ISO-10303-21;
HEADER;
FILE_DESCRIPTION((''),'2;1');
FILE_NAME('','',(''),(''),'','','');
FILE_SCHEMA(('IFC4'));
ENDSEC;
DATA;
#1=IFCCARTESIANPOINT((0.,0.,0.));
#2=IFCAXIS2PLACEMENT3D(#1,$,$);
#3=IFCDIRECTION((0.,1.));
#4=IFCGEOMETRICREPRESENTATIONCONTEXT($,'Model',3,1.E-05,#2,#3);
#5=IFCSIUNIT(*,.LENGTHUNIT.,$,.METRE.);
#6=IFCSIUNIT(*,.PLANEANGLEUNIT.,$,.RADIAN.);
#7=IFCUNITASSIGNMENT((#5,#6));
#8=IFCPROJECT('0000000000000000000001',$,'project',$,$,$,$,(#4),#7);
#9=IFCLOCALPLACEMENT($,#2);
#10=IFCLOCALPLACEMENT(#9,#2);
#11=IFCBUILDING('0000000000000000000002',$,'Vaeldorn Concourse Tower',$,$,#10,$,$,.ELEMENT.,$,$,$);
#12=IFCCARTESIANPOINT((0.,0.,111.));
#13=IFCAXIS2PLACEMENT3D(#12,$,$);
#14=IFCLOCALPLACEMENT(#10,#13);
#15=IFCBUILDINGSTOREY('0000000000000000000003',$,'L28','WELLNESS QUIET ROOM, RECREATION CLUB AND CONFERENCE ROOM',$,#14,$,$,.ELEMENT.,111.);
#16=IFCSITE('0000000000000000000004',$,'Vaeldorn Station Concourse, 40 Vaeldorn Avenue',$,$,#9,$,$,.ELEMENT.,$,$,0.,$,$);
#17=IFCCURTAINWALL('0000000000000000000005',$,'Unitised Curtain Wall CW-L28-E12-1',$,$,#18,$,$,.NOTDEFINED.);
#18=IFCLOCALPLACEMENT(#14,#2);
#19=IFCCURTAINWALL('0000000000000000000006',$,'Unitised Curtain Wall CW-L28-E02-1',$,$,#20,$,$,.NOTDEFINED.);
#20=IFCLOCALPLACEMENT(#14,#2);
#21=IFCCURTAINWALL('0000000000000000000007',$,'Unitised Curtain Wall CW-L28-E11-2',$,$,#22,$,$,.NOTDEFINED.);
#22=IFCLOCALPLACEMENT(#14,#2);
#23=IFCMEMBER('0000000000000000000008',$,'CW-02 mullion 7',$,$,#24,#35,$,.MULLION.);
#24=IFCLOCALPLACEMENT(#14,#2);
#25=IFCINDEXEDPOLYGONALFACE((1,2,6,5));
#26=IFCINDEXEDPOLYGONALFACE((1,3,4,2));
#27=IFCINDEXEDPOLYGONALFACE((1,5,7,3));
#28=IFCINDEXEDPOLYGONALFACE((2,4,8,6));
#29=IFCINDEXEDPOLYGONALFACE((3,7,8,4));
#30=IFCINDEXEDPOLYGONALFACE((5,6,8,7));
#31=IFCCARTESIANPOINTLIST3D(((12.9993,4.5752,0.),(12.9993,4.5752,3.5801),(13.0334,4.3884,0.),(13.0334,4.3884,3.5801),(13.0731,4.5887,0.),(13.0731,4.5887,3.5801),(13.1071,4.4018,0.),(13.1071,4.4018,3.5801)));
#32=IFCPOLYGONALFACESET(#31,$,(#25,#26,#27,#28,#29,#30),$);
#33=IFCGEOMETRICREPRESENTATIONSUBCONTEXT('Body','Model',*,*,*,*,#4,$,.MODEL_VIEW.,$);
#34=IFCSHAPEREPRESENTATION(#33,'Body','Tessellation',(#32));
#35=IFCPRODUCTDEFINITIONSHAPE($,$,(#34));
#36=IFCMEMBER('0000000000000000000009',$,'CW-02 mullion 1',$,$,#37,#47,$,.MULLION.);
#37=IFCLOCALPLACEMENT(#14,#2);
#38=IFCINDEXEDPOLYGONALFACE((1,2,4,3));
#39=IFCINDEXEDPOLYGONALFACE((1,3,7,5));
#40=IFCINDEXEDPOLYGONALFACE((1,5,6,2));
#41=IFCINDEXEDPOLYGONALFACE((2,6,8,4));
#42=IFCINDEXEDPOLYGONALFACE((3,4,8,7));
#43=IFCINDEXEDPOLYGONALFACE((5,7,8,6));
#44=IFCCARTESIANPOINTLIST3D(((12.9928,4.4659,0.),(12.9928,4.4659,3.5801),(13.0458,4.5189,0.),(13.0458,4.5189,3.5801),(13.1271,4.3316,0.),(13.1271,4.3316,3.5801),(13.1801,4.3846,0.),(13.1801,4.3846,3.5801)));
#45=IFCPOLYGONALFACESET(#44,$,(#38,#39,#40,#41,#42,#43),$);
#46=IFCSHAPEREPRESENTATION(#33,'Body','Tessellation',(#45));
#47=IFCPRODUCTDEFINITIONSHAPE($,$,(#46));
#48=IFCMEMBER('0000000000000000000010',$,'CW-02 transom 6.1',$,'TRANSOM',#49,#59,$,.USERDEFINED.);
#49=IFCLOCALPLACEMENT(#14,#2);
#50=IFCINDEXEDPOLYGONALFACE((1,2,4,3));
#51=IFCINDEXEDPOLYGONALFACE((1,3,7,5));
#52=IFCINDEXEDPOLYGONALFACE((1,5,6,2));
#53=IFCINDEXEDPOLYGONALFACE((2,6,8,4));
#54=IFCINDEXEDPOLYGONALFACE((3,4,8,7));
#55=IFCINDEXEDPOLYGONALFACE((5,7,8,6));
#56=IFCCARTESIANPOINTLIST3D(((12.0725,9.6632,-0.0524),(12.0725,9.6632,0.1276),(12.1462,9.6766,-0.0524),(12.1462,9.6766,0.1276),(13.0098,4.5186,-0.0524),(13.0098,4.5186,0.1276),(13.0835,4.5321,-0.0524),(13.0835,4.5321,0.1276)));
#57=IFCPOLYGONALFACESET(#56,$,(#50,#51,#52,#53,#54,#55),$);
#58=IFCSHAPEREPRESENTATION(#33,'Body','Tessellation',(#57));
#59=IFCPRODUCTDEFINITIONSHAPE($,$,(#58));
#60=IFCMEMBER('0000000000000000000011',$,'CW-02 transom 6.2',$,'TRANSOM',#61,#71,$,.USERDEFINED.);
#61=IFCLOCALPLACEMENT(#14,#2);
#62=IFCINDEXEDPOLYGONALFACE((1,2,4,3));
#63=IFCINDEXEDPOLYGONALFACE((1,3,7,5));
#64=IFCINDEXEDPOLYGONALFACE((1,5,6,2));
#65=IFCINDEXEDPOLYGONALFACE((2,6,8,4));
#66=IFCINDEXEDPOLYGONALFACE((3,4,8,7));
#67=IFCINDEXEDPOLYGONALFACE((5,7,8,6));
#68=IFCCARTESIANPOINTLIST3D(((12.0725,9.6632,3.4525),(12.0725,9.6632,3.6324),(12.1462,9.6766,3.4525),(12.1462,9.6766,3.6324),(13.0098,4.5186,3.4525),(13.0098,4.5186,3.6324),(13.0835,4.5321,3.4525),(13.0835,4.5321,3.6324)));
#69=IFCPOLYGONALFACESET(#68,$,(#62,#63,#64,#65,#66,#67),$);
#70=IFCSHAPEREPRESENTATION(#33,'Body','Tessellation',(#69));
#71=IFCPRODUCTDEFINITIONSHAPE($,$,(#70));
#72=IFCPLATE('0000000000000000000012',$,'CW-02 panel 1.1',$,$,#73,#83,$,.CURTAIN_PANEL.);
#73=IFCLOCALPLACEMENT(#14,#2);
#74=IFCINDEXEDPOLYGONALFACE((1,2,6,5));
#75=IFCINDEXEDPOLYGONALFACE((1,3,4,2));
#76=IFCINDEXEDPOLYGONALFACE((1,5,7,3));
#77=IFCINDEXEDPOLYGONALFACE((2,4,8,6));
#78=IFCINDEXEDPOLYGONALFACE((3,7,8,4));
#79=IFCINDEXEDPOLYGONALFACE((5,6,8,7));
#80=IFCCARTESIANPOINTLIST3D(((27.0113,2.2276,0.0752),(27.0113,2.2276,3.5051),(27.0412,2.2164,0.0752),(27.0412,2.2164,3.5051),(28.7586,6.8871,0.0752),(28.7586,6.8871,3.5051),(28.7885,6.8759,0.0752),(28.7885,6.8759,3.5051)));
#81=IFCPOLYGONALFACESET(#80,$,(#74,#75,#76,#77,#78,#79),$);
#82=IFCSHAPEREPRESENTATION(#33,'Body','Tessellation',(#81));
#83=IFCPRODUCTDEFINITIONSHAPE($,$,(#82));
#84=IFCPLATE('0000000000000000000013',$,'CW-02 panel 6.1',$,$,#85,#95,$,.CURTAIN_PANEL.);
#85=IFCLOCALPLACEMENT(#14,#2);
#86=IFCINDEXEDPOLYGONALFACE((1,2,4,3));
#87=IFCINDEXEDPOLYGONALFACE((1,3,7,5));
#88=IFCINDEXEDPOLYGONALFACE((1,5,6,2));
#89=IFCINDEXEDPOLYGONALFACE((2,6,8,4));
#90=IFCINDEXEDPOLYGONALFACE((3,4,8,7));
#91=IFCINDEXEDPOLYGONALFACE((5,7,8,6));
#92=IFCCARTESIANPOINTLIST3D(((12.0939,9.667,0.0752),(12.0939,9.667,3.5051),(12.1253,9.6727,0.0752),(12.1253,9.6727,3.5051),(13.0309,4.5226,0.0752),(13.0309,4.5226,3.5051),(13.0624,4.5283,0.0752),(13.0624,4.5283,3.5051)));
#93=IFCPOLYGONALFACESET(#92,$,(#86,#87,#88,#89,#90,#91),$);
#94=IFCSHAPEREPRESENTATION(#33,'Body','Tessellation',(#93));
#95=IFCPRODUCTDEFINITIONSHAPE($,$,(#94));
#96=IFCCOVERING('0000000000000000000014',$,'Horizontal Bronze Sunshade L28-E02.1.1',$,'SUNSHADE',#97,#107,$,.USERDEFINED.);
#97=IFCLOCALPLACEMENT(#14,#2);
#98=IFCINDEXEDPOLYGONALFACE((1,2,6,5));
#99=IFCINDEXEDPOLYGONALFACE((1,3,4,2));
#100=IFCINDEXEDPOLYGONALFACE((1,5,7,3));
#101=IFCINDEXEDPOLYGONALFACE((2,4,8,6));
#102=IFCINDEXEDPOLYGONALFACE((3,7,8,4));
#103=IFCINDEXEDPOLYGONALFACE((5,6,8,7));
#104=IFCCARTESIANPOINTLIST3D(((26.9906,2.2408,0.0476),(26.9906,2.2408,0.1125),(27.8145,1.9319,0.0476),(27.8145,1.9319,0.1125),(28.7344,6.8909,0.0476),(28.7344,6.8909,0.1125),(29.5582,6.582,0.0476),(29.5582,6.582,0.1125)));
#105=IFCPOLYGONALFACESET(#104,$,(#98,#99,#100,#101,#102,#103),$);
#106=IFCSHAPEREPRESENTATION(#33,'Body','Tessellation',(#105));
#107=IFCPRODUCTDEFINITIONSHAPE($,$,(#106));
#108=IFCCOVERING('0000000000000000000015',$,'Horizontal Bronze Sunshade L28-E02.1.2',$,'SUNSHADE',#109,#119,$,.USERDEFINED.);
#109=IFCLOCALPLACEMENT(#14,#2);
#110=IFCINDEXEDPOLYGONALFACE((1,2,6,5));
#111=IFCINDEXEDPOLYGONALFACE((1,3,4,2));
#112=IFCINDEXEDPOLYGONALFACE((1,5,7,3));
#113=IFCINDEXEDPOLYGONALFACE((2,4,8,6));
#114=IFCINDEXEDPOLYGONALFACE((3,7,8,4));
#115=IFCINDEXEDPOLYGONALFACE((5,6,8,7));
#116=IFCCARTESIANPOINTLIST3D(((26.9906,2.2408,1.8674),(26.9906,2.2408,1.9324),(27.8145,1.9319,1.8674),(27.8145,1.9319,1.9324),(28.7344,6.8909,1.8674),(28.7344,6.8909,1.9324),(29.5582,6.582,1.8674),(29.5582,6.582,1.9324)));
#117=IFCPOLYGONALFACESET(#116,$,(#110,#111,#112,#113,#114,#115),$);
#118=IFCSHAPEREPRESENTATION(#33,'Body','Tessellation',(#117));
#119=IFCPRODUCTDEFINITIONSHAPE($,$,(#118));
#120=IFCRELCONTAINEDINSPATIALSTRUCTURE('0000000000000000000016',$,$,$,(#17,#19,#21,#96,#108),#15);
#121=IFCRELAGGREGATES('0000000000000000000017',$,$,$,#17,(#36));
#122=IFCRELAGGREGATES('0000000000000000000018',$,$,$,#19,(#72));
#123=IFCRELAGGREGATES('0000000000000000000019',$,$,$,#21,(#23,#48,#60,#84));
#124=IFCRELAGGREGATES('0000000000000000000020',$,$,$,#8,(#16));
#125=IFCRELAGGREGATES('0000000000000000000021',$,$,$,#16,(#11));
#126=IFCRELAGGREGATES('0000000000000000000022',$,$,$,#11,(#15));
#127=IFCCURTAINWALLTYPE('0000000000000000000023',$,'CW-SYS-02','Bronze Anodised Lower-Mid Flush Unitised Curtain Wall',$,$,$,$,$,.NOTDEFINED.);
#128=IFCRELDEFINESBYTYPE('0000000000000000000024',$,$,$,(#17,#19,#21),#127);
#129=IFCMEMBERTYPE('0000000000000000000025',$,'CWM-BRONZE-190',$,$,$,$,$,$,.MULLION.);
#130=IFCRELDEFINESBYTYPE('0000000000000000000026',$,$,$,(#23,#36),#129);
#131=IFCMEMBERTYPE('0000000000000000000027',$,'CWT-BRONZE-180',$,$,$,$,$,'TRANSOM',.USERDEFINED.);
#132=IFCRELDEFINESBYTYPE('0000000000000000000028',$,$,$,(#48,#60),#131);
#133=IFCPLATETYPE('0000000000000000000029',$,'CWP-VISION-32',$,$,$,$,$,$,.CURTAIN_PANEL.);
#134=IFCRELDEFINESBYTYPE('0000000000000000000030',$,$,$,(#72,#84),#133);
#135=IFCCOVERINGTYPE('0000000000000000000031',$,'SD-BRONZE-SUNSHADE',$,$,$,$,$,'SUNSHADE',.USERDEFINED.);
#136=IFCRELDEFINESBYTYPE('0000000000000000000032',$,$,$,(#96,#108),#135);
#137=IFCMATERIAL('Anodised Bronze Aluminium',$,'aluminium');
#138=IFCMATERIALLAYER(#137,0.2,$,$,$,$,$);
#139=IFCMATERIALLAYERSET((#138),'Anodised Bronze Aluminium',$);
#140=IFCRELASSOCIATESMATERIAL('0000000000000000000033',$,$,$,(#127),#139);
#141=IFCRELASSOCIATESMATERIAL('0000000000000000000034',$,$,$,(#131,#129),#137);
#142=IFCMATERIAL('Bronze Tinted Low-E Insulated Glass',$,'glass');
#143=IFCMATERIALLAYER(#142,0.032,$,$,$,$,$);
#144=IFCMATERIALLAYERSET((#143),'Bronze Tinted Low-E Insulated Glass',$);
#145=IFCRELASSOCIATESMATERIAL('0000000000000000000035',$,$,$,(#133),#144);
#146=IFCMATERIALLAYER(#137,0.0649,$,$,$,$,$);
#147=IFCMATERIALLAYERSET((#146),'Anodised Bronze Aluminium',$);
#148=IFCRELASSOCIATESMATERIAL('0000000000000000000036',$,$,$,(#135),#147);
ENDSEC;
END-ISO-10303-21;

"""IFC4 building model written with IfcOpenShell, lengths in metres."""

from ifc_helpers import new_model, si_unit, direction, frame, origin, origin_2d, place, context, subcontext, project, spatial, rectangle, extrude, source, transform, mapped, material, layer, layer_set, material_profile, profile_set, type_object, element, aggregate, save


model = new_model("IFC4")

# Units and contexts
model_context = context("Model", 3, precision=1e-05, world=origin(), true_north=direction((0.0, 1.0)))
body_context = subcontext(model_context, "Body", "Model", "MODEL_VIEW")
ifc_project = project(units=[si_unit("LENGTHUNIT", "METRE"), si_unit("PLANEANGLEUNIT", "RADIAN")], contexts=[model_context])

# Site, building, storey
site_placement = place(None, origin())
site = spatial("IfcSite", under=ifc_project, at=site_placement, Name="Vaeldorn Station Concourse, 40 Vaeldorn Avenue", CompositionType="ELEMENT", RefElevation=0.0)
building_placement = place(site_placement, origin())
building = spatial("IfcBuilding", under=site, at=building_placement, Name="Vaeldorn Concourse Tower", CompositionType="ELEMENT")
storey_placement = place(building_placement, frame((0.0, 0.0, 111.0)))
storey = spatial("IfcBuildingStorey", under=building, at=storey_placement, Name="L28", Description="WELLNESS QUIET ROOM, RECREATION CLUB AND CONFERENCE ROOM", CompositionType="ELEMENT", Elevation=111.0)

# Curtain wall
ifc_material_1 = material(Name="Anodised Bronze Aluminium", Category="aluminium")
ifc_layer_1 = layer(ifc_material_1, 0.2)
ifc_layer_set_1 = layer_set([ifc_layer_1], Name="Anodised Bronze Aluminium")
curtain_wall_type = type_object("IfcCurtainWallType", Name="CW-SYS-02", Description="Bronze Anodised Lower-Mid Flush Unitised Curtain Wall", PredefinedType="NOTDEFINED", material=ifc_layer_set_1)
ifc_material_profile_1 = material_profile(ifc_material_1, rectangle(XDim=0.075, YDim=0.1799, at=origin_2d()), Name="CWT 75x180")
ifc_profile_set_1 = profile_set([ifc_material_profile_1], Name="Anodised Bronze Aluminium")
member_type_1 = type_object("IfcMemberType", Name="CWT-BRONZE-180", ElementType="TRANSOM", PredefinedType="USERDEFINED", material=ifc_profile_set_1)
curtain_wall_1_placement = place(storey_placement, origin())
curtain_wall_1 = element("IfcCurtainWall", 1, at=curtain_wall_1_placement, inside=storey, type_object=curtain_wall_type, Name="Unitised Curtain Wall CW-L28-E12-1", PredefinedType="NOTDEFINED")

# Curtain wall
curtain_wall_2_placement = place(storey_placement, origin())
curtain_wall_2 = element("IfcCurtainWall", 2, at=curtain_wall_2_placement, inside=storey, type_object=curtain_wall_type, Name="Unitised Curtain Wall CW-L28-E02-1", PredefinedType="NOTDEFINED")
ifc_material_profile_2 = material_profile(ifc_material_1, rectangle(XDim=0.075, YDim=0.1899, at=origin_2d()), Name="CWM 75x190")
ifc_profile_set_2 = profile_set([ifc_material_profile_2], Name="Anodised Bronze Aluminium")
member_type_2 = type_object("IfcMemberType", Name="CWM-BRONZE-190", PredefinedType="MULLION", material=ifc_profile_set_2)
shared_shape_1 = source(origin(), body_context, "Body", "SweptSolid", [
    extrude(rectangle(XDim=0.075, YDim=0.1899, at=origin_2d()), origin(), (0.0, 0.0, 1.0), 3.5801),
])

# Curtain wall, member
curtain_wall_3_placement = place(storey_placement, origin())
curtain_wall_3 = element("IfcCurtainWall", 3, at=curtain_wall_3_placement, inside=storey, type_object=curtain_wall_type, Name="Unitised Curtain Wall CW-L28-E11-2", PredefinedType="NOTDEFINED")
member_1_placement = place(storey_placement, frame((13.0532, 4.4885, 0.0), z_axis=(0.0, 0.0, 1.0), x_axis=(0.983812, 0.179206, 0.0)))
member_1 = element("IfcMember", 4, at=member_1_placement, type_object=member_type_2, Name="CW-02 mullion 7", PredefinedType="MULLION", context=body_context, shape_type="MappedRepresentation", body=[
    mapped(shared_shape_1, transform((0.0, 0.0, 0.0), scale=1.0)),
])

# Members
member_2_placement = place(storey_placement, frame((13.0864, 4.4253, 0.0), z_axis=(0.0, 0.0, 1.0), x_axis=(0.707107, 0.707107, 0.0)))
member_2 = element("IfcMember", 5, at=member_2_placement, type_object=member_type_2, Name="CW-02 mullion 1", PredefinedType="MULLION", context=body_context, shape_type="MappedRepresentation", body=[
    mapped(shared_shape_1, transform((0.0, 0.0, 0.0), scale=1.0)),
])
aggregate(curtain_wall_1, [member_2])
shared_shape_2 = source(origin(), body_context, "Body", "SweptSolid", [
    extrude(rectangle(XDim=0.075, YDim=0.1799, at=origin_2d()), origin(), (0.0, 0.0, 1.0), 5.2292),
])
member_3_placement = place(storey_placement, frame((12.1094, 9.6699, 0.0376), z_axis=(0.179235, -0.983806, 0.0), x_axis=(0.983806, 0.179235, 0.0)))
member_3 = element("IfcMember", 6, at=member_3_placement, type_object=member_type_1, Name="CW-02 transom 6.1", ObjectType="TRANSOM", PredefinedType="USERDEFINED", context=body_context, shape_type="MappedRepresentation", body=[
    mapped(shared_shape_2, transform((0.0, 0.0, 0.0), scale=1.0)),
])
member_4_placement = place(storey_placement, frame((12.1094, 9.6699, 3.5425), z_axis=(0.179235, -0.983806, 0.0), x_axis=(0.983806, 0.179235, 0.0)))
member_4 = element("IfcMember", 7, at=member_4_placement, type_object=member_type_1, Name="CW-02 transom 6.2", ObjectType="TRANSOM", PredefinedType="USERDEFINED", context=body_context, shape_type="MappedRepresentation", body=[
    mapped(shared_shape_2, transform((0.0, 0.0, 0.0), scale=1.0)),
])

# Plates
ifc_material_2 = material(Name="Bronze Tinted Low-E Insulated Glass", Category="glass")
ifc_layer_2 = layer(ifc_material_2, 0.032)
ifc_layer_set_2 = layer_set([ifc_layer_2], Name="Bronze Tinted Low-E Insulated Glass")
plate_type = type_object("IfcPlateType", Name="CWP-VISION-32", PredefinedType="CURTAIN_PANEL", material=ifc_layer_set_2)
shared_shape_3 = source(origin(), body_context, "Body", "SweptSolid", [
    extrude(rectangle(XDim=4.9763, YDim=0.032, at=origin_2d()), origin(), (0.0, 0.0, 1.0), 3.4299),
])
plate_1_placement = place(storey_placement, frame((27.8999, 4.5518, 0.0752), z_axis=(0.0, 0.0, 1.0), x_axis=(0.351123, 0.936329, 0.0)))
plate_1 = element("IfcPlate", 8, at=plate_1_placement, type_object=plate_type, Name="CW-02 panel 1.1", PredefinedType="CURTAIN_PANEL", context=body_context, shape_type="MappedRepresentation", body=[
    mapped(shared_shape_3, transform((0.0, 0.0, 0.0), scale=1.0)),
])
aggregate(curtain_wall_2, [plate_1])
shared_shape_4 = source(origin(), body_context, "Body", "SweptSolid", [
    extrude(rectangle(XDim=5.229, YDim=0.032, at=origin_2d()), origin(), (0.0, 0.0, 1.0), 3.4299),
])
plate_2_placement = place(storey_placement, frame((12.5781, 7.0977, 0.0752), z_axis=(0.0, 0.0, 1.0), x_axis=(0.179206, -0.983812, 0.0)))
plate_2 = element("IfcPlate", 9, at=plate_2_placement, type_object=plate_type, Name="CW-02 panel 6.1", PredefinedType="CURTAIN_PANEL", context=body_context, shape_type="MappedRepresentation", body=[
    mapped(shared_shape_4, transform((0.0, 0.0, 0.0), scale=1.0)),
])
aggregate(curtain_wall_3, [member_1, member_3, member_4, plate_2])

# Coverings
ifc_layer_3 = layer(ifc_material_1, 0.0649)
ifc_layer_set_3 = layer_set([ifc_layer_3], Name="Anodised Bronze Aluminium")
covering_type = type_object("IfcCoveringType", Name="SD-BRONZE-SUNSHADE", ElementType="SUNSHADE", PredefinedType="USERDEFINED", material=ifc_layer_set_3)
shared_shape_5 = source(origin(), body_context, "Body", "SweptSolid", [
    extrude(rectangle(XDim=4.9663, YDim=0.8799, at=origin_2d()), origin(), (0.0, 0.0, 1.0), 0.0649),
])
for number, where, z_axis, x_axis, name in (
    (10, (28.2744, 4.4114, 0.0476), (0.0, 0.0, 1.0), (0.351123, 0.936329, 0.0), "Horizontal Bronze Sunshade L28-E02.1.1"),
    (11, (28.2744, 4.4114, 1.8674), (0.0, 0.0, 1.0), (0.351123, 0.936329, 0.0), "Horizontal Bronze Sunshade L28-E02.1.2"),
):
    element("IfcCovering", number, at=place(storey_placement, frame(where, z_axis=z_axis, x_axis=x_axis)), inside=storey, type_object=covering_type, Name=name, ObjectType="SUNSHADE", PredefinedType="USERDEFINED", context=body_context, shape_type="MappedRepresentation", body=[
        mapped(shared_shape_5, transform((0.0, 0.0, 0.0), scale=1.0)),
    ])

save(model, "model.ifc")
